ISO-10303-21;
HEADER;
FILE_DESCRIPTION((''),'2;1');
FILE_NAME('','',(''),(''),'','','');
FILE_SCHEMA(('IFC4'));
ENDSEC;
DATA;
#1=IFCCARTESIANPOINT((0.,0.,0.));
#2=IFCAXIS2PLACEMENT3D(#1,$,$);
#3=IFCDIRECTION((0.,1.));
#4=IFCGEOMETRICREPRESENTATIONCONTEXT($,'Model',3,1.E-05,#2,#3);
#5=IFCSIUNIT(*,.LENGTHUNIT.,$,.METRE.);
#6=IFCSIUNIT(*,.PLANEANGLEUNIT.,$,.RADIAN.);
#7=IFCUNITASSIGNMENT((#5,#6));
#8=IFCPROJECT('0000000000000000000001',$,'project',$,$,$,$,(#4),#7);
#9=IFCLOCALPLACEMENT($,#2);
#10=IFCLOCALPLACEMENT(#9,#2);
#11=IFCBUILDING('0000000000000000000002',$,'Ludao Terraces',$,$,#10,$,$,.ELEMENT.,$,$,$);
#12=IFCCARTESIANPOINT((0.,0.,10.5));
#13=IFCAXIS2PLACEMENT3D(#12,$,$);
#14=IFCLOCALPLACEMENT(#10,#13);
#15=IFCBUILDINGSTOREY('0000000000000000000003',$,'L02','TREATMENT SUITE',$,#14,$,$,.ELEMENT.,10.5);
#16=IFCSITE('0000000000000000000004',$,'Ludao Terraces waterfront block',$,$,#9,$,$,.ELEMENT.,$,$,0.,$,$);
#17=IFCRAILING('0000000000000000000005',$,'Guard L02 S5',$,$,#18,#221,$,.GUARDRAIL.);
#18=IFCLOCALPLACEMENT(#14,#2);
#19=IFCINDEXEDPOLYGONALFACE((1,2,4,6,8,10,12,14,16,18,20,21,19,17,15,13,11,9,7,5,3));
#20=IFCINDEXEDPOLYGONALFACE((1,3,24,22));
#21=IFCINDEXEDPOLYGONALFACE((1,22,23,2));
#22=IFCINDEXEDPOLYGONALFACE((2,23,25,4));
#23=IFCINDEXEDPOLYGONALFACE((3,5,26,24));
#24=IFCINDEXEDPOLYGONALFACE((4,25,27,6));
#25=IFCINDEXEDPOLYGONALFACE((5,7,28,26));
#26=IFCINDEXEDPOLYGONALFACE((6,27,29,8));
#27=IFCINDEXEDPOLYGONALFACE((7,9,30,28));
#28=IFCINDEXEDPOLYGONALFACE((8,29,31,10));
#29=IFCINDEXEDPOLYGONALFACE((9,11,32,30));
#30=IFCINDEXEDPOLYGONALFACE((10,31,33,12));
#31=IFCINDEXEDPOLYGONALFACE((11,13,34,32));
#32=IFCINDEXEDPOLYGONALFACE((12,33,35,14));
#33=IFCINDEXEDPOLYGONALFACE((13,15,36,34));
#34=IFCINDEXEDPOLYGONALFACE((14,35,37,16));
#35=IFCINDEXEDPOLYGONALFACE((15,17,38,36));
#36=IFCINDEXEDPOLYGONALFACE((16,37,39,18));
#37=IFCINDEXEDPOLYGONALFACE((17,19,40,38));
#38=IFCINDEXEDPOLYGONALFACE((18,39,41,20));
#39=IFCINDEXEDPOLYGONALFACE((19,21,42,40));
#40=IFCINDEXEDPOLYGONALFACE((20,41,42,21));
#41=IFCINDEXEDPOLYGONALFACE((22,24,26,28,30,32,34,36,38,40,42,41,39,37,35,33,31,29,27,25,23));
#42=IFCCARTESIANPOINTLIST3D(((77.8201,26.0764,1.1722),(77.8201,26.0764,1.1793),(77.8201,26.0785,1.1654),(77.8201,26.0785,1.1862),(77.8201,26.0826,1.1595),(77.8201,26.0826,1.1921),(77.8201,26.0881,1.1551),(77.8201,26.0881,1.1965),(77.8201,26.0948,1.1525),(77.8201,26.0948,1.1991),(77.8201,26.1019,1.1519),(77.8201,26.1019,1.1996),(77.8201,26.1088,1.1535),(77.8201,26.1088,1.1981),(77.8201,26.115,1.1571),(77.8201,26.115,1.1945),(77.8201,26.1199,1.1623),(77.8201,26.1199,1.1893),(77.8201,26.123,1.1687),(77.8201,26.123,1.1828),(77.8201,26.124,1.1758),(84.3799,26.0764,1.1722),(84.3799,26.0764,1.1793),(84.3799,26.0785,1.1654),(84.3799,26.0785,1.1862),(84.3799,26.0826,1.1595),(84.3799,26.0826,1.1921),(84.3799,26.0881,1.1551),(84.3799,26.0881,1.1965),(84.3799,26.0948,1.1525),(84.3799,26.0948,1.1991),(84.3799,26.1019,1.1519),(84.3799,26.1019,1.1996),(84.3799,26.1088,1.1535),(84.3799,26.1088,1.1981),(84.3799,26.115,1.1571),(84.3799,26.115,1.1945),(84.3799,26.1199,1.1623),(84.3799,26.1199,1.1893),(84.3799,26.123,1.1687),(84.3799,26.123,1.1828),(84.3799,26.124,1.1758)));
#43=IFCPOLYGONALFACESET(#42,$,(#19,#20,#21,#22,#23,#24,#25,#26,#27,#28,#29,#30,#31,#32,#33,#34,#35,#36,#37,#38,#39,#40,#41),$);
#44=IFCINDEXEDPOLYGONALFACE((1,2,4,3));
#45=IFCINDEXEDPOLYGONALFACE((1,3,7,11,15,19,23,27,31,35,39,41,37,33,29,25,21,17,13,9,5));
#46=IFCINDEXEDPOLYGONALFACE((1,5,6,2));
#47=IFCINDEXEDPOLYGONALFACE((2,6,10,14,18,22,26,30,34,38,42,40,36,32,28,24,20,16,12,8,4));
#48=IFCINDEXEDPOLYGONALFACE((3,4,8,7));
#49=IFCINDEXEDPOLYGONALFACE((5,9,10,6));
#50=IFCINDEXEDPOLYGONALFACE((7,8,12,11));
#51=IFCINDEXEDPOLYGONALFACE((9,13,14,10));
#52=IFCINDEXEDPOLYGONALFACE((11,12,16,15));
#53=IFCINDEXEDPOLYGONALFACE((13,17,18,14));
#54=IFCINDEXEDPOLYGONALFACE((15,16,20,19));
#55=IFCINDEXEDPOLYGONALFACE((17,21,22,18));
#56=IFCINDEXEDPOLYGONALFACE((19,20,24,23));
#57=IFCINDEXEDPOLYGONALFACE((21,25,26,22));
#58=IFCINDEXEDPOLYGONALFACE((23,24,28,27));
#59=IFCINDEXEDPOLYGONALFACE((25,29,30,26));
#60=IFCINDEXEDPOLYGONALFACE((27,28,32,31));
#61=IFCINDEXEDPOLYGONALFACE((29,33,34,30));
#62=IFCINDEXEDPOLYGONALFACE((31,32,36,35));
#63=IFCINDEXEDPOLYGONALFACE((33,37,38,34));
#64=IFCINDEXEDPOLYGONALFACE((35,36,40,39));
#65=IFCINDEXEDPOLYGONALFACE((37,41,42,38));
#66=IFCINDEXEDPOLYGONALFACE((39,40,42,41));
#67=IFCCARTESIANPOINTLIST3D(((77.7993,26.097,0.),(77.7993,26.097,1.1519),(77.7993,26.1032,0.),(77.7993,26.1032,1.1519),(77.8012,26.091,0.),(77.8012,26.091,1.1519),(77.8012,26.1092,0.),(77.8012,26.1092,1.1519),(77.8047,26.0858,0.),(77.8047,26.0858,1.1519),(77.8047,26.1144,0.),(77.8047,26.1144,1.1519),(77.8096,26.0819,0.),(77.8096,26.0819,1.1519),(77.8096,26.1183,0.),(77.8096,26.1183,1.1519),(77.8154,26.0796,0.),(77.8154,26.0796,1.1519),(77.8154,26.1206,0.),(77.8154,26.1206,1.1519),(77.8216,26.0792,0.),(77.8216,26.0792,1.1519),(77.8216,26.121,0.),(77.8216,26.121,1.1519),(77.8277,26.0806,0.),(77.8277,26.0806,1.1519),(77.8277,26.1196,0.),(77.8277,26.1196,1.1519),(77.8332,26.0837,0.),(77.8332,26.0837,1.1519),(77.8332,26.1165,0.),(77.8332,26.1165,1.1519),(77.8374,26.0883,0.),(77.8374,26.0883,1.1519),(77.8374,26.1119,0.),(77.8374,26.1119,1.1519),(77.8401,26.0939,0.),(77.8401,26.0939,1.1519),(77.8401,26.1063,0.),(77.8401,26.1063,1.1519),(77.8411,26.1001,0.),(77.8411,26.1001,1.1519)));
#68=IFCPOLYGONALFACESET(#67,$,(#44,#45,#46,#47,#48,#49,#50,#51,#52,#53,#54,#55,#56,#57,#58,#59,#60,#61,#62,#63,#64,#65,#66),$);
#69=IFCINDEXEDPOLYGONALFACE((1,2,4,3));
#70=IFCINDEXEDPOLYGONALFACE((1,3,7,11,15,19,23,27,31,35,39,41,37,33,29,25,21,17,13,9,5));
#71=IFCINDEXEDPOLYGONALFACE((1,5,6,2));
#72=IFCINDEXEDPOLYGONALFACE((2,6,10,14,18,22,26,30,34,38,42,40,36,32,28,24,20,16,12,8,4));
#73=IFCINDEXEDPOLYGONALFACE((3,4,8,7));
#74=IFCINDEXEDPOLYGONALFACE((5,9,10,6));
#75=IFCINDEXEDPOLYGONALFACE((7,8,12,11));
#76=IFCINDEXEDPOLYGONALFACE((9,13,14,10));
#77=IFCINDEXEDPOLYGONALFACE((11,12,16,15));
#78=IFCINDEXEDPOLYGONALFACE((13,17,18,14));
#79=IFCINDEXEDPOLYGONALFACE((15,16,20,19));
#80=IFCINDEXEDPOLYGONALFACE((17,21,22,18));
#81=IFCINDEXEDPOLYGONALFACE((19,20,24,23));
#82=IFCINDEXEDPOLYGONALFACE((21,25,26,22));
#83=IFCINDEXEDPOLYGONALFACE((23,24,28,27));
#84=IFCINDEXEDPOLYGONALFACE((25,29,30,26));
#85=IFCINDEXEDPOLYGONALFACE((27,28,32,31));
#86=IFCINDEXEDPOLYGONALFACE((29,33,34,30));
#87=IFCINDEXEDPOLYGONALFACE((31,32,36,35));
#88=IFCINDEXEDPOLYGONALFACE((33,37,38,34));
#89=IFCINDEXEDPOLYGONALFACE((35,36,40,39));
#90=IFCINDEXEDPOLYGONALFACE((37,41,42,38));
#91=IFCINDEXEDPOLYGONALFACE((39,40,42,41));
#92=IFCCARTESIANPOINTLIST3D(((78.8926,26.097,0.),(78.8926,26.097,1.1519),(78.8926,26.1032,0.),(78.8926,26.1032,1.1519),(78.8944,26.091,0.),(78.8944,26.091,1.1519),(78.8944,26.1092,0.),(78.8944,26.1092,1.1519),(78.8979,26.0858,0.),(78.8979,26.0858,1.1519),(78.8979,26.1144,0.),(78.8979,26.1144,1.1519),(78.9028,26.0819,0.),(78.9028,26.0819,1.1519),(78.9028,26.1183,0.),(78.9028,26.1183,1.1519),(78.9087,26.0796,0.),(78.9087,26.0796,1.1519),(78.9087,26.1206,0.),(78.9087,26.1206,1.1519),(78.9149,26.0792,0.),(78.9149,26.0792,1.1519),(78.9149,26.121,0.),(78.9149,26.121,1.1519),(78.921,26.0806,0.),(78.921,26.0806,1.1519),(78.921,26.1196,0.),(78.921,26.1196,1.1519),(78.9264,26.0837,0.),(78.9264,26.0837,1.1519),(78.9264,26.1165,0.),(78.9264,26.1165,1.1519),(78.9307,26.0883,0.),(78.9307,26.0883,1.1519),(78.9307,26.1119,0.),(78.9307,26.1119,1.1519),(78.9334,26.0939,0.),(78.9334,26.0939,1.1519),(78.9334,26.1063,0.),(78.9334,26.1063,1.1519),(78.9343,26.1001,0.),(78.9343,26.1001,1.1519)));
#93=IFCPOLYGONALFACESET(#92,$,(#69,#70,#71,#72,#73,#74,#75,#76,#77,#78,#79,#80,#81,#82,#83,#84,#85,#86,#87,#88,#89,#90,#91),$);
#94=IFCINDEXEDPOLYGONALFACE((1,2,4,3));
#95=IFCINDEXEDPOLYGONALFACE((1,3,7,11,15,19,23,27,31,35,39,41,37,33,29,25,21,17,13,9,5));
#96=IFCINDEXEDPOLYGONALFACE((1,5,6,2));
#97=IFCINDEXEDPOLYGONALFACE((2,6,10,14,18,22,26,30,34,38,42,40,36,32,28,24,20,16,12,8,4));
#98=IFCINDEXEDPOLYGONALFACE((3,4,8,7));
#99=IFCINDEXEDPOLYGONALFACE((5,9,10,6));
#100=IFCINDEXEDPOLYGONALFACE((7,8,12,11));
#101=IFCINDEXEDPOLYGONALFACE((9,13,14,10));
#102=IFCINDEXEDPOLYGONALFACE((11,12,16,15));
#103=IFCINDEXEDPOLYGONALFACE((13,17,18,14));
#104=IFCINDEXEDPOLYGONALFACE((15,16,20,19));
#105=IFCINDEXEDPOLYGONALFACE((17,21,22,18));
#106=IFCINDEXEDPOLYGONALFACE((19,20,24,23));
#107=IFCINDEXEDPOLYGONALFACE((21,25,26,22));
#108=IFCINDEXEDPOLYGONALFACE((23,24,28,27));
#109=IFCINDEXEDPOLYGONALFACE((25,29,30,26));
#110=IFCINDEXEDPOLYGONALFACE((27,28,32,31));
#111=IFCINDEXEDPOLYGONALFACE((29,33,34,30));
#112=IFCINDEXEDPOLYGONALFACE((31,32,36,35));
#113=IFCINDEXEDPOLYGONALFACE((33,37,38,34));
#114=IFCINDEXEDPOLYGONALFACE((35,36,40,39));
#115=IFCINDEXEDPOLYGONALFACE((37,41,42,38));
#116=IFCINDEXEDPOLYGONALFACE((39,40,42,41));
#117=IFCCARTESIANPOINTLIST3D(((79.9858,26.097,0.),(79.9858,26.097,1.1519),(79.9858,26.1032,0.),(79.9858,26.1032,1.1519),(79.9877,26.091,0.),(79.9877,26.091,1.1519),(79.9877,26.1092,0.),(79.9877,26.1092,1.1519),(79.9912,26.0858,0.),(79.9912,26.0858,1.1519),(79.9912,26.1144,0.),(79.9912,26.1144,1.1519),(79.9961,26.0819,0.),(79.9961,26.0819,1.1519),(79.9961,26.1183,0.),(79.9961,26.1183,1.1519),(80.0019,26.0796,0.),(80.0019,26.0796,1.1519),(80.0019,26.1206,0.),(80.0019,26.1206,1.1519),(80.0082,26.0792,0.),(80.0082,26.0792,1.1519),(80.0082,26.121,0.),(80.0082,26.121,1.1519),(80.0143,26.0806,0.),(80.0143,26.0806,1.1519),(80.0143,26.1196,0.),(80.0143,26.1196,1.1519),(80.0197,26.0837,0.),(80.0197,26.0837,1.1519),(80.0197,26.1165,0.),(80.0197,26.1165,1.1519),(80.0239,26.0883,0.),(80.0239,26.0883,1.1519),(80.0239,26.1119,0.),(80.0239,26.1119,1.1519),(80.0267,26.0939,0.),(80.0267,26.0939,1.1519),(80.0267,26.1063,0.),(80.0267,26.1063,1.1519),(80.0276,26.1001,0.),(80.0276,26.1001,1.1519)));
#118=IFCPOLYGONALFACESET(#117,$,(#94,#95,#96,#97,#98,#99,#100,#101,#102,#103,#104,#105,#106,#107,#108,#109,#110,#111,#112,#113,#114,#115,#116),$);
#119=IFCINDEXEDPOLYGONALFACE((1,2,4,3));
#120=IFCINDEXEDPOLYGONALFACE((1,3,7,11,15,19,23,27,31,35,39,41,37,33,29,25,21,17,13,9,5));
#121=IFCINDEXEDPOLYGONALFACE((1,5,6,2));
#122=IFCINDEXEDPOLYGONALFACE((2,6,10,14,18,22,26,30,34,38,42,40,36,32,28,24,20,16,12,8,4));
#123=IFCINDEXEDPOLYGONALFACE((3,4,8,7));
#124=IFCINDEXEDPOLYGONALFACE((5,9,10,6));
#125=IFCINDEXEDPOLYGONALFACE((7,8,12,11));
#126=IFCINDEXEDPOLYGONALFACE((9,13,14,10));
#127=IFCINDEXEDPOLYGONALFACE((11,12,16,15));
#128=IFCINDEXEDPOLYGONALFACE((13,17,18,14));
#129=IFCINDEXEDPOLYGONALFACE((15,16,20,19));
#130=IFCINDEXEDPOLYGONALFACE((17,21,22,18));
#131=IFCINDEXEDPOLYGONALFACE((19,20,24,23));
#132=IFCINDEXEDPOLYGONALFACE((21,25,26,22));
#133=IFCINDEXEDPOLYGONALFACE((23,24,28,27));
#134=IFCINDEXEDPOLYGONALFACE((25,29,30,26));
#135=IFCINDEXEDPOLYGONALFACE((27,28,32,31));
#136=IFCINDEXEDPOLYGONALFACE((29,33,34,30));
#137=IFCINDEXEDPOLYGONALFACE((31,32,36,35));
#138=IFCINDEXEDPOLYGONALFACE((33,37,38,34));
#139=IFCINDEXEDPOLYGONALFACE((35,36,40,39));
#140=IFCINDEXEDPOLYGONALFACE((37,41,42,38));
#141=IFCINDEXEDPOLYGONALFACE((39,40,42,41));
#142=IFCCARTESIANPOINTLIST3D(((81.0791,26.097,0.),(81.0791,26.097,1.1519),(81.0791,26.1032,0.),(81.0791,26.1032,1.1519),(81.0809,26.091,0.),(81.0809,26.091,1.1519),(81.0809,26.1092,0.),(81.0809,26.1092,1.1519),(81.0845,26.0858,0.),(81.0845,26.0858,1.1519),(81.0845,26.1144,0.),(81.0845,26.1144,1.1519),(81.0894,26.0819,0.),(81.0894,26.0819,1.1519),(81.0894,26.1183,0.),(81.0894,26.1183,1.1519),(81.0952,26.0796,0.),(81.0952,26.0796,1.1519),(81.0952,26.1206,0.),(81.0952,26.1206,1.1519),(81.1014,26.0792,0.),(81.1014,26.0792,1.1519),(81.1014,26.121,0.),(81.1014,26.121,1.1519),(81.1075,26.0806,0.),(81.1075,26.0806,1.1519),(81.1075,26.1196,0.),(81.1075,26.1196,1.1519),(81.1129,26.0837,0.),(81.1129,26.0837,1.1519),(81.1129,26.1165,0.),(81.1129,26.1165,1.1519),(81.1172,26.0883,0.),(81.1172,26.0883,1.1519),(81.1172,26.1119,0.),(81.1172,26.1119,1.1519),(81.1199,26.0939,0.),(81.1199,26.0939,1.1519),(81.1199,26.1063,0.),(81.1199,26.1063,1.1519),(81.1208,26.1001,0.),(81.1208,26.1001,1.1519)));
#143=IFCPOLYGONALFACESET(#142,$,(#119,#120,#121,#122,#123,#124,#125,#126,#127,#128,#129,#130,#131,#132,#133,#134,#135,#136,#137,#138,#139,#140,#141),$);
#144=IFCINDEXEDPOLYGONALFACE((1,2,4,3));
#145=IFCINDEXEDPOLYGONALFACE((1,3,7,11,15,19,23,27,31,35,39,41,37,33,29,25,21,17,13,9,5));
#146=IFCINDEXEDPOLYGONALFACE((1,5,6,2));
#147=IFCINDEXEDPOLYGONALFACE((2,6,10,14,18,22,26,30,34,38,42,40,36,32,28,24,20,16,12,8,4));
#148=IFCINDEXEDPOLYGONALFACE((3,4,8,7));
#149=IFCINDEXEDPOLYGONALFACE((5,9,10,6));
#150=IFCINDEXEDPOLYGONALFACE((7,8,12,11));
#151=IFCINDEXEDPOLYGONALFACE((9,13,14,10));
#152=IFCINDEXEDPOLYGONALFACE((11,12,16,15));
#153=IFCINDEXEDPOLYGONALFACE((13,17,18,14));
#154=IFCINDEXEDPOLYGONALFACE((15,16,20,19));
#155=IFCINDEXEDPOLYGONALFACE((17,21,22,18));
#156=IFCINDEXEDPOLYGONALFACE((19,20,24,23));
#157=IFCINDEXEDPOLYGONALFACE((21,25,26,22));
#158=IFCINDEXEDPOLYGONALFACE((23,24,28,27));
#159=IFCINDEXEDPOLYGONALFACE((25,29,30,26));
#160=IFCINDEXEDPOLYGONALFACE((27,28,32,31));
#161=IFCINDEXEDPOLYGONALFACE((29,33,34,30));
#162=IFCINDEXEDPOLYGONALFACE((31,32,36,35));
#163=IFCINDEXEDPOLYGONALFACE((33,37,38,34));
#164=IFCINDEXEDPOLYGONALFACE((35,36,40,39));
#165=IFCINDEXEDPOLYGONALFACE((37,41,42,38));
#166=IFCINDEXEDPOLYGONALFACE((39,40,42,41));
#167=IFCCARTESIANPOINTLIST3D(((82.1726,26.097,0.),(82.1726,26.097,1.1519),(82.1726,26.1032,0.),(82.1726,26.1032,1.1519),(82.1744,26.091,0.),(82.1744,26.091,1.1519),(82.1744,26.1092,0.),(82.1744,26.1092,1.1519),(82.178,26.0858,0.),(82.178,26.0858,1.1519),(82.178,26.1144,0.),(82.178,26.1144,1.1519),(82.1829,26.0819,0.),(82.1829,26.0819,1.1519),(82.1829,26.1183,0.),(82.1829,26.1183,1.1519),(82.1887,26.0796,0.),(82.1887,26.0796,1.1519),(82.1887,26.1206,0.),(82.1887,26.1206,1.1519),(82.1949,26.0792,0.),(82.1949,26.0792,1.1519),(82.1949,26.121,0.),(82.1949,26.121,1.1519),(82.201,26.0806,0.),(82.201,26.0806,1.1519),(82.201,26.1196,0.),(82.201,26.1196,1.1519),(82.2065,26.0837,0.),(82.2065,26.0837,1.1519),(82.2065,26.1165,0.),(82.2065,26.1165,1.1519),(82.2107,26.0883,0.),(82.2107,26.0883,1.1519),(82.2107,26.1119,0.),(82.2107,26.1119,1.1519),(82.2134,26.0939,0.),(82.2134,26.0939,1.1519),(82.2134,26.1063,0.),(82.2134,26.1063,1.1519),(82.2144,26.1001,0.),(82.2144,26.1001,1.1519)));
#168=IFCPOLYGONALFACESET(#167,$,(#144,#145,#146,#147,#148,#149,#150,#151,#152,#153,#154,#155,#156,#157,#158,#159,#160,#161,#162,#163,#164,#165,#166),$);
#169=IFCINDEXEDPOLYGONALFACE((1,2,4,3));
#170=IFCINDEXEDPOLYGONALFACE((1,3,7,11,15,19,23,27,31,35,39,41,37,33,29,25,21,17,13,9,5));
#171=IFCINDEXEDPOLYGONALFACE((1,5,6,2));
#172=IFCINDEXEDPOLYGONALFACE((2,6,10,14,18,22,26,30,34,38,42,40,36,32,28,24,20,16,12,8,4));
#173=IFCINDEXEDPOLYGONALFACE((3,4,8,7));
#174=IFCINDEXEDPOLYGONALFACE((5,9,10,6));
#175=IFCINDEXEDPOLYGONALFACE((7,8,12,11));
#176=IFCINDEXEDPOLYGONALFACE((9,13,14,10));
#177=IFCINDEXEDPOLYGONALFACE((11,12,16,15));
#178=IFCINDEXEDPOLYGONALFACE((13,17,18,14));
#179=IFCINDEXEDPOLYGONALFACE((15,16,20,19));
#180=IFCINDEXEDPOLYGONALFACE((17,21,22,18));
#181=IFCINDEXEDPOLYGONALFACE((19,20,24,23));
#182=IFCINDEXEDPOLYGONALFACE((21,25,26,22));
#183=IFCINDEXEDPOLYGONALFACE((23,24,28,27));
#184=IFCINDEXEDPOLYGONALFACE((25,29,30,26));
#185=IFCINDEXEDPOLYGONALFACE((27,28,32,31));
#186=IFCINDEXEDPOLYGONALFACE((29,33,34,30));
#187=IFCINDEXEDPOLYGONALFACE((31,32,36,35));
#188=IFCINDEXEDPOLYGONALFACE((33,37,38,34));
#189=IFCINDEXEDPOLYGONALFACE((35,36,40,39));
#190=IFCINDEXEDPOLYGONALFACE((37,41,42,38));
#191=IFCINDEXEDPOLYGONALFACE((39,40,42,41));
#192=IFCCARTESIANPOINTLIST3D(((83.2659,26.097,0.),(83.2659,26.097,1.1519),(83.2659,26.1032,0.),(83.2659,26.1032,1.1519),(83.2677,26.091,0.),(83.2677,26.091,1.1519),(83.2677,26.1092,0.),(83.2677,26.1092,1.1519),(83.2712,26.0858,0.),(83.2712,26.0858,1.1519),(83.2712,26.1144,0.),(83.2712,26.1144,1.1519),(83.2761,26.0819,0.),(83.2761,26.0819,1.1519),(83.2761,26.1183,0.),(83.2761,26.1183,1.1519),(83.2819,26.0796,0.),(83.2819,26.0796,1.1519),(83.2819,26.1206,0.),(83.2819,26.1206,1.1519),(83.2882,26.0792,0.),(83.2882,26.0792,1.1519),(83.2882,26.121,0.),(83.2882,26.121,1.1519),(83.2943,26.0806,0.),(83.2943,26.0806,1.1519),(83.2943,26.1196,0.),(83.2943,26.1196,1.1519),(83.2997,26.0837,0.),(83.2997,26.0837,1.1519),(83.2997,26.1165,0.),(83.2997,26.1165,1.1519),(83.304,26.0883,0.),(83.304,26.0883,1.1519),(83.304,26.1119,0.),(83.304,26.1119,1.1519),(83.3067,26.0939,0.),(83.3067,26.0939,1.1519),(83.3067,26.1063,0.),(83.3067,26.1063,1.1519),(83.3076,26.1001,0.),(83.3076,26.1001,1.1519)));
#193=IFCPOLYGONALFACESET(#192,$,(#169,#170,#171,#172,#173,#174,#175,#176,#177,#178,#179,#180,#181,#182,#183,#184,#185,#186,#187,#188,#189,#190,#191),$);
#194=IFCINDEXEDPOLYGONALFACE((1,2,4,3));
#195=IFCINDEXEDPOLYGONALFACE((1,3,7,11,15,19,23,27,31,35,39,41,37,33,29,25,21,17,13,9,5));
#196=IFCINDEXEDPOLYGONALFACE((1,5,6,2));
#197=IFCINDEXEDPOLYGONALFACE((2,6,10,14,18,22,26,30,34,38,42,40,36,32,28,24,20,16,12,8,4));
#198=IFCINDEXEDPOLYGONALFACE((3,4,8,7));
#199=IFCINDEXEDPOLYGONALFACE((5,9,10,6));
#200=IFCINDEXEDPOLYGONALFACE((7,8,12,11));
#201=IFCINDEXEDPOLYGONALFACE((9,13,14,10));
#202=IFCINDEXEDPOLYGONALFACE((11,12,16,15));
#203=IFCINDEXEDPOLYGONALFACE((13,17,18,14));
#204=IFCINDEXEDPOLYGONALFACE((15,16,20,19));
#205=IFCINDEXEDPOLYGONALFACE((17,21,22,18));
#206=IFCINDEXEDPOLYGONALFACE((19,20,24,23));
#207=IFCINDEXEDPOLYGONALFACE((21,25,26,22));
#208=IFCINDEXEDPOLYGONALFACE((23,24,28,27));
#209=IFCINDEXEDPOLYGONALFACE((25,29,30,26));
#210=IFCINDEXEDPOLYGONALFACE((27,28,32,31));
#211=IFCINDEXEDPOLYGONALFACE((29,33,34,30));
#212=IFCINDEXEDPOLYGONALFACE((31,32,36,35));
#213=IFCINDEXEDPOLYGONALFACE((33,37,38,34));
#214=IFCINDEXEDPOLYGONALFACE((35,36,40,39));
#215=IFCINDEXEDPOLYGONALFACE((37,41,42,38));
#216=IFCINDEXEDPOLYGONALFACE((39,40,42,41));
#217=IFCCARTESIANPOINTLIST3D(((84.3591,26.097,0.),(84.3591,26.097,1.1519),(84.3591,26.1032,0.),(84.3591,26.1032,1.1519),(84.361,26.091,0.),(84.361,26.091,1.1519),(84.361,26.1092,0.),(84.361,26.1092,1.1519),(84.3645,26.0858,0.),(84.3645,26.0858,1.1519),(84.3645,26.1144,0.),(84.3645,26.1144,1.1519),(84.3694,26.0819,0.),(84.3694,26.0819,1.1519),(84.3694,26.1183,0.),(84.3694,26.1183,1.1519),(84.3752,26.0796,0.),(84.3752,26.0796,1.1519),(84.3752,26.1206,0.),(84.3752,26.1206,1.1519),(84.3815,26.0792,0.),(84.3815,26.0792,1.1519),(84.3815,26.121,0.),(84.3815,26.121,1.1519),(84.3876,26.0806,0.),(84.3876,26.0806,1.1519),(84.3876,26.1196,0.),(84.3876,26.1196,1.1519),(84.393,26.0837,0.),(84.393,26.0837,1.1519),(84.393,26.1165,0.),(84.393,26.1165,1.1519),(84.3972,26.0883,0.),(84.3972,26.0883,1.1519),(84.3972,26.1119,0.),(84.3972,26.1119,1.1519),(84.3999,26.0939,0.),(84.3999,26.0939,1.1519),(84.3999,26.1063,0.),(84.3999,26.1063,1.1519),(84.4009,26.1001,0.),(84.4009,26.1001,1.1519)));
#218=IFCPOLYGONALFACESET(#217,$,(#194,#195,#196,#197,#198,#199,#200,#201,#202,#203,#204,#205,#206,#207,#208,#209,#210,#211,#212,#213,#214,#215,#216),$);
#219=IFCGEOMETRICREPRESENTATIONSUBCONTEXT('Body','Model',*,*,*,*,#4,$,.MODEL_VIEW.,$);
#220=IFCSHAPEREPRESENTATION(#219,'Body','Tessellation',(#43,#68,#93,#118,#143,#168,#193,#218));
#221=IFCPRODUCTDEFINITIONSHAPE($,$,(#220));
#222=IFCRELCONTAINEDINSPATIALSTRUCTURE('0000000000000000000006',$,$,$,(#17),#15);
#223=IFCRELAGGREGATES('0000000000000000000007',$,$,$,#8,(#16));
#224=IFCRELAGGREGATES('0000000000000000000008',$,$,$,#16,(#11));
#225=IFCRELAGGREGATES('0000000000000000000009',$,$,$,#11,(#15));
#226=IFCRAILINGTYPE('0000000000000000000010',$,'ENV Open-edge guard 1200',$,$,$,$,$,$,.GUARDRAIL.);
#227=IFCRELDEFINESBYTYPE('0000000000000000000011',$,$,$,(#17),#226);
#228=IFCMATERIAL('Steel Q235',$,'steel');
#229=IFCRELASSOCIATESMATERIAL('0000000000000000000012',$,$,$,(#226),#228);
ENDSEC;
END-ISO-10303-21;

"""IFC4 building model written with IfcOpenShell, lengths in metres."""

from ifc_helpers import new_model, si_unit, direction, frame, origin, origin_2d, place, context, subcontext, project, spatial, circle, extrude, material, type_object, element, save


model = new_model("IFC4")

# Units and contexts
model_context = context("Model", 3, precision=1e-05, world=origin(), true_north=direction((0.0, 1.0)))
body_context = subcontext(model_context, "Body", "Model", "MODEL_VIEW")
ifc_project = project(units=[si_unit("LENGTHUNIT", "METRE"), si_unit("PLANEANGLEUNIT", "RADIAN")], contexts=[model_context])

# Site, building, storey
site_placement = place(None, origin())
site = spatial("IfcSite", under=ifc_project, at=site_placement, Name="Ludao Terraces waterfront block", CompositionType="ELEMENT", RefElevation=0.0)
building_placement = place(site_placement, origin())
building = spatial("IfcBuilding", under=site, at=building_placement, Name="Ludao Terraces", CompositionType="ELEMENT")
storey_placement = place(building_placement, frame((0.0, 0.0, 10.5)))
storey = spatial("IfcBuildingStorey", under=building, at=storey_placement, Name="L02", Description="TREATMENT SUITE", CompositionType="ELEMENT", Elevation=10.5)

# Shared definitions
ifc_material_1 = material(Name="Steel Q235", Category="steel")

# Railing
railing_type = type_object("IfcRailingType", Name="ENV Open-edge guard 1200", PredefinedType="GUARDRAIL", material=ifc_material_1)
railing_1_placement = place(storey_placement, frame((77.8201, 26.1001, 0.0)))
element("IfcRailing", 1, at=railing_1_placement, inside=storey, type_object=railing_type, Name="Guard L02 S5", PredefinedType="GUARDRAIL", context=body_context, shape_type="SweptSolid", body=[
    extrude(circle(Radius=0.0239, at=origin_2d()), frame((0.0, 0.0, 1.1758), z_axis=(1.0, 0.0, 0.0), x_axis=(0.0, 1.0, 0.0)), (0.0, 0.0, 1.0), 6.5598),
    extrude(circle(Radius=0.021, at=origin_2d()), origin(), (0.0, 0.0, 1.0), 1.1519),
    extrude(circle(Radius=0.021, at=origin_2d()), frame((1.0933, 0.0, 0.0)), (0.0, 0.0, 1.0), 1.1519),
    extrude(circle(Radius=0.021, at=origin_2d()), frame((2.1865, 0.0, 0.0)), (0.0, 0.0, 1.0), 1.1519),
    extrude(circle(Radius=0.021, at=origin_2d()), frame((3.2798, 0.0, 0.0)), (0.0, 0.0, 1.0), 1.1519),
    extrude(circle(Radius=0.021, at=origin_2d()), frame((4.3733, 0.0, 0.0)), (0.0, 0.0, 1.0), 1.1519),
    extrude(circle(Radius=0.021, at=origin_2d()), frame((5.4666, 0.0, 0.0)), (0.0, 0.0, 1.0), 1.1519),
    extrude(circle(Radius=0.021, at=origin_2d()), frame((6.5598, 0.0, 0.0)), (0.0, 0.0, 1.0), 1.1519),
])

save(model, "model.ifc")
